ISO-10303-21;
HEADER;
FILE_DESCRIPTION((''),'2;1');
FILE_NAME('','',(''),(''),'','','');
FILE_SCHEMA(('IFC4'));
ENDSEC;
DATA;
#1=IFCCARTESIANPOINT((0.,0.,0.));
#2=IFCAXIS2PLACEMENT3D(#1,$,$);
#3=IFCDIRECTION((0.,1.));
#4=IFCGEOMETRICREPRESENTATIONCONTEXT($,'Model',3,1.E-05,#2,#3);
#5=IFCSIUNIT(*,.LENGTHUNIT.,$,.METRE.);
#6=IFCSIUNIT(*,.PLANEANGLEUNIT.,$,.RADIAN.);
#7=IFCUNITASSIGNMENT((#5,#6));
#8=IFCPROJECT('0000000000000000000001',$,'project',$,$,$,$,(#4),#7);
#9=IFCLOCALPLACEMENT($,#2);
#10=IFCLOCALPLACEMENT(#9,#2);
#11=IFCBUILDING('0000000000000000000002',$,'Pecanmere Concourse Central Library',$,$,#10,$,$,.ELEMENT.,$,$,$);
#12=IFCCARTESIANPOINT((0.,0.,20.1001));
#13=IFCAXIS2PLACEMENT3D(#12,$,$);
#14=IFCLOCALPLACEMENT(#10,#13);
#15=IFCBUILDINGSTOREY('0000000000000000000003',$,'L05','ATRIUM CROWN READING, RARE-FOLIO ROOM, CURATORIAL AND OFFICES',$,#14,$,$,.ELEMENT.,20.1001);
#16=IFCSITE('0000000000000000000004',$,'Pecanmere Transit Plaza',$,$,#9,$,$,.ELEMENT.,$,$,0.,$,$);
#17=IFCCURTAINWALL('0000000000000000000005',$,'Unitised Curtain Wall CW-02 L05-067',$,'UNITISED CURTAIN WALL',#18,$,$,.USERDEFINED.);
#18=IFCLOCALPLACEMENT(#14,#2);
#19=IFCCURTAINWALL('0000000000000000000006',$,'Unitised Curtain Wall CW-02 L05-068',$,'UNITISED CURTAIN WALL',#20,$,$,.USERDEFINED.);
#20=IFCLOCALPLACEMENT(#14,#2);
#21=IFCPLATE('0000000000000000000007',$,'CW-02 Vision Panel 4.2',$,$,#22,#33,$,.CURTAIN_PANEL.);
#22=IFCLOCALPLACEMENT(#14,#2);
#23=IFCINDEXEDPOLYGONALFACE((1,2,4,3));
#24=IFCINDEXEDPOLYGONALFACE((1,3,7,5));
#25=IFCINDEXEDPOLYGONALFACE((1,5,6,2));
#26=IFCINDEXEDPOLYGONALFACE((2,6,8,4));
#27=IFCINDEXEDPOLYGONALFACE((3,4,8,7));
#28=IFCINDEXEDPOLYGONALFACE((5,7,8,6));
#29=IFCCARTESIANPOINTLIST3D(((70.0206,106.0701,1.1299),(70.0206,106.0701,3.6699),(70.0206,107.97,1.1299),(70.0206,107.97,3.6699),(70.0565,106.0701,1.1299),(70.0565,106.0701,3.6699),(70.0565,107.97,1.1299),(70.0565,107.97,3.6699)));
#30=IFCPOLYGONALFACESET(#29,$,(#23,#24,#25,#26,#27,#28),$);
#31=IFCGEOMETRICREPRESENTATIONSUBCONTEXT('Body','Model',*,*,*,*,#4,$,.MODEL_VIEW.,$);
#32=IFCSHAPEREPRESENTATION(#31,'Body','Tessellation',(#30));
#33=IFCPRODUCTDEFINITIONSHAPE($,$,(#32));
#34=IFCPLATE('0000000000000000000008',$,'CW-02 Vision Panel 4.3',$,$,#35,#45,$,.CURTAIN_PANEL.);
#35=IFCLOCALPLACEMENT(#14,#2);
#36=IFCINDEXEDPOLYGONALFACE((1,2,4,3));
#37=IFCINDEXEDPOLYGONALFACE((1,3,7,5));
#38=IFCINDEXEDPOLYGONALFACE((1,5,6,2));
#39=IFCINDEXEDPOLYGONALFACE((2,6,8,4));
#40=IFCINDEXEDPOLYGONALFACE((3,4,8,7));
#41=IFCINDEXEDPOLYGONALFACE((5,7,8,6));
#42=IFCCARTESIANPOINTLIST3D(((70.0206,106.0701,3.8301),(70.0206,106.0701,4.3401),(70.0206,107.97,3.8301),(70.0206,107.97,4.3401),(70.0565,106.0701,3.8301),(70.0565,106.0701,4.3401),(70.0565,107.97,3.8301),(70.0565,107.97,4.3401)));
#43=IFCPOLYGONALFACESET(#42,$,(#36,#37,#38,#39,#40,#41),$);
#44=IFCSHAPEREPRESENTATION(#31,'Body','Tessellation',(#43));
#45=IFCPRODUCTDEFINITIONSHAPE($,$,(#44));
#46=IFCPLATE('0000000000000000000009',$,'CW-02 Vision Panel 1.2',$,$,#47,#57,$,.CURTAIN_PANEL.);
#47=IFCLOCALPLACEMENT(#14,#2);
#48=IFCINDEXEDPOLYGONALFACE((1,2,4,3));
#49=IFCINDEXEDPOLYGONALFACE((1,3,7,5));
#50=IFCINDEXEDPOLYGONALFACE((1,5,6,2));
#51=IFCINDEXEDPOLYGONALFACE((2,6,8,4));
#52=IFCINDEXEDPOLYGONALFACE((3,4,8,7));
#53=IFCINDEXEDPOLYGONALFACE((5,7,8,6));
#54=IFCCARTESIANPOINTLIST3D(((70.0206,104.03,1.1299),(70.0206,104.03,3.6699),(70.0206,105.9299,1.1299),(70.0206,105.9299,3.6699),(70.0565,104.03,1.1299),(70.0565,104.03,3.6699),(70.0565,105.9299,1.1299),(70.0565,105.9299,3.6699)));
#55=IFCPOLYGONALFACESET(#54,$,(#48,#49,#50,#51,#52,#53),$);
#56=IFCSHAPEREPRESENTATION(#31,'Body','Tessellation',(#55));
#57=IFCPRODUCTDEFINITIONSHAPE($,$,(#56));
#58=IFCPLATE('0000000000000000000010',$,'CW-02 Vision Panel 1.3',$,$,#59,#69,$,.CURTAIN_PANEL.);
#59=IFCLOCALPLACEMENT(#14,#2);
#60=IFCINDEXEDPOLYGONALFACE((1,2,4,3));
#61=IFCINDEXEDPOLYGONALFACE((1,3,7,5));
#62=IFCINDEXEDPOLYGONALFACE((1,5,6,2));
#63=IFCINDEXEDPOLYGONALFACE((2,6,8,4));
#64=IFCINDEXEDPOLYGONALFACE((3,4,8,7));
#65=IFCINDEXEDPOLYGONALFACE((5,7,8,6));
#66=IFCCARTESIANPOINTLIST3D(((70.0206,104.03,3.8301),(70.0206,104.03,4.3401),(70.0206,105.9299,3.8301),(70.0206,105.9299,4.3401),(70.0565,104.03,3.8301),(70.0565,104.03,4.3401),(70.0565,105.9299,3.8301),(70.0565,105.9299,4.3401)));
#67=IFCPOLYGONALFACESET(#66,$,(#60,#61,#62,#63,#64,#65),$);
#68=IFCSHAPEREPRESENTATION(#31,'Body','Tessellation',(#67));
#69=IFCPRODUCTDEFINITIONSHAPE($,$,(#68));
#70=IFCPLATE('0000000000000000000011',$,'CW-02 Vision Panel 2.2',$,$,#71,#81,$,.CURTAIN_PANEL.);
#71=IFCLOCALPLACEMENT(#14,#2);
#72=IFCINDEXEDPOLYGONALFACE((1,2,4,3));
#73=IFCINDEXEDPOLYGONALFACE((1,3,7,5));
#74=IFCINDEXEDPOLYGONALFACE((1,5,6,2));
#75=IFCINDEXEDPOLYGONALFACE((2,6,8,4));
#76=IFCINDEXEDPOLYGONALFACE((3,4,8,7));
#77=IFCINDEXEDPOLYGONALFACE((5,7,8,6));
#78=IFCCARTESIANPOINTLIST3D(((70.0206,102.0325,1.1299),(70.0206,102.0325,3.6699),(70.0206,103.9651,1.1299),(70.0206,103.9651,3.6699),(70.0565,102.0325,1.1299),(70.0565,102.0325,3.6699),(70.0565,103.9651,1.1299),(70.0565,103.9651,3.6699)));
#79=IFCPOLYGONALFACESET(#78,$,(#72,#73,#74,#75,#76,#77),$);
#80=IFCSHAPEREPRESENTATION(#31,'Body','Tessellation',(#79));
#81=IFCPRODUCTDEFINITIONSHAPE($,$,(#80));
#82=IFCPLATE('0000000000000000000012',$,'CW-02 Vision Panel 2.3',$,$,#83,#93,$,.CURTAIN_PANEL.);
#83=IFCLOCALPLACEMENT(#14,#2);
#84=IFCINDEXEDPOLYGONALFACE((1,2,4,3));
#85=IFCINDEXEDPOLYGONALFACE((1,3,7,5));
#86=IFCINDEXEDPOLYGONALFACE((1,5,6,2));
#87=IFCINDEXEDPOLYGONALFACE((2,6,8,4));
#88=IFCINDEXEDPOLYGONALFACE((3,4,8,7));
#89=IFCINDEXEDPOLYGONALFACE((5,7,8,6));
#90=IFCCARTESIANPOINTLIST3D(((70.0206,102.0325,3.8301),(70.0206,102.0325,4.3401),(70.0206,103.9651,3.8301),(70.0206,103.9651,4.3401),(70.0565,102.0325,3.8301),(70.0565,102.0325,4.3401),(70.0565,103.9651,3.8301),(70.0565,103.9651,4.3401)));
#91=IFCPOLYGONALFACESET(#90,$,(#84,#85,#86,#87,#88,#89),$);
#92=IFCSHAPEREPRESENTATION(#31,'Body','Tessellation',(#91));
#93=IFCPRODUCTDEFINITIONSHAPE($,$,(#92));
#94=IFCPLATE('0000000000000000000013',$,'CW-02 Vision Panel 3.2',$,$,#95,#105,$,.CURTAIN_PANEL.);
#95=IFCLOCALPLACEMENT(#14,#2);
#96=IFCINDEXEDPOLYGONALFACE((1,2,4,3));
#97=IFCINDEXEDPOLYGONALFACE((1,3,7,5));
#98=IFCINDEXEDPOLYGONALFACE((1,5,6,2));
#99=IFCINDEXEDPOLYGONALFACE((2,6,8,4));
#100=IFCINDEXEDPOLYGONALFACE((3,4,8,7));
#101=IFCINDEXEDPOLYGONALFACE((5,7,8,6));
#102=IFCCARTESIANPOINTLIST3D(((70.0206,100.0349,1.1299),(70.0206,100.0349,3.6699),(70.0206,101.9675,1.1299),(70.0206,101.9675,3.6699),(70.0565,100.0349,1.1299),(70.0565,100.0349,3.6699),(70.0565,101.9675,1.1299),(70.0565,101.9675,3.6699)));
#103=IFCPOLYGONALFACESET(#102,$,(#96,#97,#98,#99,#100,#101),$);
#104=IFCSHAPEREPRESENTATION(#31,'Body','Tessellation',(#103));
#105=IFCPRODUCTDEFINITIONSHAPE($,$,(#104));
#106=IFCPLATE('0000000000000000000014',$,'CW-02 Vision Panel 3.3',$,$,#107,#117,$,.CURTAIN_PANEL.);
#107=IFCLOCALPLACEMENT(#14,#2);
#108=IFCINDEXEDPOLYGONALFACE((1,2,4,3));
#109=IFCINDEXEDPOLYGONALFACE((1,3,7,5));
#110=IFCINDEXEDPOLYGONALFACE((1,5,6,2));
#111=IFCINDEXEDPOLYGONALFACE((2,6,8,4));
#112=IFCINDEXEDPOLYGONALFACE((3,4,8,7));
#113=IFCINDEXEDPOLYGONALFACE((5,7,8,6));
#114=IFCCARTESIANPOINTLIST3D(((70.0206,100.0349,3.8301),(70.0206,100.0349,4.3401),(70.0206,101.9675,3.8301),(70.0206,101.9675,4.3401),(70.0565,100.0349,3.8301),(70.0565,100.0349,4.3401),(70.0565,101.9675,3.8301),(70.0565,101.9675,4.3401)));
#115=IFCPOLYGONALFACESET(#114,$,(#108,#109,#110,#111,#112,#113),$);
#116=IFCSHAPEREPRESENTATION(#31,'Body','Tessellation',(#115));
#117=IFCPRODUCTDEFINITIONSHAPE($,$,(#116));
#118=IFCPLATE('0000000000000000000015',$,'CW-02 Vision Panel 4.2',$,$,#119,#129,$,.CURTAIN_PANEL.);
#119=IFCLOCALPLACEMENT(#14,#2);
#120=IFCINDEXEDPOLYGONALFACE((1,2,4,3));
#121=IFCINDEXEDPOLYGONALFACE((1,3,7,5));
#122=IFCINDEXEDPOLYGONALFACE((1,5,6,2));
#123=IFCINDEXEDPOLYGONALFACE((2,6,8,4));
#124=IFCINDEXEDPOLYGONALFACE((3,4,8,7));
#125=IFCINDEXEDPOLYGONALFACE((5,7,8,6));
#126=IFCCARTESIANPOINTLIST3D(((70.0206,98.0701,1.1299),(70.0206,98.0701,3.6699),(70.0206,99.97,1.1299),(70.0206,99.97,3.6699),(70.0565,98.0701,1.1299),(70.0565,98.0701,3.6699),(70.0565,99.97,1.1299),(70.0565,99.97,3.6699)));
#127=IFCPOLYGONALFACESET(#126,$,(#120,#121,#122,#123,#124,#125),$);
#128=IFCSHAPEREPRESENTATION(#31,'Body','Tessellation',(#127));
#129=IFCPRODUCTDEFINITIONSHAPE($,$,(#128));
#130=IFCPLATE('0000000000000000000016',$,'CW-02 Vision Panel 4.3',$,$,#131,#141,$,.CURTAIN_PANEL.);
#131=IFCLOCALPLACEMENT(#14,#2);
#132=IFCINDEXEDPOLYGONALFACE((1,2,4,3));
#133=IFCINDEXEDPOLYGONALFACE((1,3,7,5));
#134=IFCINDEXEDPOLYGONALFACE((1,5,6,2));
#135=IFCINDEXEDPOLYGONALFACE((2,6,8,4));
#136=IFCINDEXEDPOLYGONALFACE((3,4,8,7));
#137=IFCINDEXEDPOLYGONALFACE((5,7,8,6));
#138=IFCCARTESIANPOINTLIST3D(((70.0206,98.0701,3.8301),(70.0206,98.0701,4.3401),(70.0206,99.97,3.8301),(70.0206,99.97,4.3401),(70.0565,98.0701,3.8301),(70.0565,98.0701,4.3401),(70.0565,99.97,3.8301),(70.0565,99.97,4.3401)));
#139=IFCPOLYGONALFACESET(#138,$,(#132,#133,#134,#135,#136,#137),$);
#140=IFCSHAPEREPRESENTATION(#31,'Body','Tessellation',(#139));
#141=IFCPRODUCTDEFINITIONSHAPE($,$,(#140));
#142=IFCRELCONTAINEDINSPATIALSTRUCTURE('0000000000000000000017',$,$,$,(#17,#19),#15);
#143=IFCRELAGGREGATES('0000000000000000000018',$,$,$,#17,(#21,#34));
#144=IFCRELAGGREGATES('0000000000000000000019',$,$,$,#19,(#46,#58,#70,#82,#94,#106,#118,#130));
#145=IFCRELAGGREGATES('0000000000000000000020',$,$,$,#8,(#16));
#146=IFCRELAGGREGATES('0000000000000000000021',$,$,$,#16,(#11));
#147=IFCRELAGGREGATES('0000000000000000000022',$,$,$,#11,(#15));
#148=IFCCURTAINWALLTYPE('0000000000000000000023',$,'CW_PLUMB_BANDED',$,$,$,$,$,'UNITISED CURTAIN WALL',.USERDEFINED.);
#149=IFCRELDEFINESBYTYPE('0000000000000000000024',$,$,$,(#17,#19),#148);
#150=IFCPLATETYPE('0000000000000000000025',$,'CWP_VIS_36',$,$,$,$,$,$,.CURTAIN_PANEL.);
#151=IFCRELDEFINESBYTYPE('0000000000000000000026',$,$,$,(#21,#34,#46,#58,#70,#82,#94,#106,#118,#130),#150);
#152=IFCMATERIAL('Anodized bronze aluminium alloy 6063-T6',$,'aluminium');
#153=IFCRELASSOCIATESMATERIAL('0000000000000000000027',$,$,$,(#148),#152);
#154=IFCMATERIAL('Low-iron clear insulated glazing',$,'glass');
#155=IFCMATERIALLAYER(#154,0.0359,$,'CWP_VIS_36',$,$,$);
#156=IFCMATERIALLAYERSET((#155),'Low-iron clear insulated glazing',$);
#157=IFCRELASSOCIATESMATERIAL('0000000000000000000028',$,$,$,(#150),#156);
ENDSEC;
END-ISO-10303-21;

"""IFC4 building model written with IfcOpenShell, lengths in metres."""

from ifc_helpers import new_model, si_unit, direction, frame, origin, origin_2d, place, context, subcontext, project, spatial, rectangle, extrude, material, layer, layer_set, type_object, element, aggregate, save


model = new_model("IFC4")

# Units and contexts
model_context = context("Model", 3, precision=1e-05, world=origin(), true_north=direction((0.0, 1.0)))
body_context = subcontext(model_context, "Body", "Model", "MODEL_VIEW")
ifc_project = project(units=[si_unit("LENGTHUNIT", "METRE"), si_unit("PLANEANGLEUNIT", "RADIAN")], contexts=[model_context])

# Site, building, storey
site_placement = place(None, origin())
site = spatial("IfcSite", under=ifc_project, at=site_placement, Name="Pecanmere Transit Plaza", CompositionType="ELEMENT", RefElevation=0.0)
building_placement = place(site_placement, origin())
building = spatial("IfcBuilding", under=site, at=building_placement, Name="Pecanmere Concourse Central Library", CompositionType="ELEMENT")
storey_placement = place(building_placement, frame((0.0, 0.0, 20.1001)))
storey = spatial("IfcBuildingStorey", under=building, at=storey_placement, Name="L05", Description="ATRIUM CROWN READING, RARE-FOLIO ROOM, CURATORIAL AND OFFICES", CompositionType="ELEMENT", Elevation=20.1001)

# Curtain wall
ifc_material_1 = material(Name="Anodized bronze aluminium alloy 6063-T6", Category="aluminium")
curtain_wall_type = type_object("IfcCurtainWallType", Name="CW_PLUMB_BANDED", ElementType="UNITISED CURTAIN WALL", PredefinedType="USERDEFINED", material=ifc_material_1)
curtain_wall_1_placement = place(storey_placement, origin())
curtain_wall_1 = element("IfcCurtainWall", 1, at=curtain_wall_1_placement, inside=storey, type_object=curtain_wall_type, Name="Unitised Curtain Wall CW-02 L05-067", ObjectType="UNITISED CURTAIN WALL", PredefinedType="USERDEFINED")

# Curtain wall
curtain_wall_2_placement = place(storey_placement, origin())
curtain_wall_2 = element("IfcCurtainWall", 2, at=curtain_wall_2_placement, inside=storey, type_object=curtain_wall_type, Name="Unitised Curtain Wall CW-02 L05-068", ObjectType="UNITISED CURTAIN WALL", PredefinedType="USERDEFINED")

# Plates
ifc_material_2 = material(Name="Low-iron clear insulated glazing", Category="glass")
ifc_layer_1 = layer(ifc_material_2, 0.0359, Name="CWP_VIS_36")
ifc_layer_set_1 = layer_set([ifc_layer_1], Name="Low-iron clear insulated glazing")
plate_type_1 = type_object("IfcPlateType", Name="CWP_VIS_36", PredefinedType="CURTAIN_PANEL", material=ifc_layer_set_1)
plate_1_placement = place(storey_placement, frame((70.0386, 107.02, 1.1299), z_axis=(0.0, 0.0, 1.0), x_axis=(0.0, -1.0, 0.0)))
plate_1 = element("IfcPlate", 3, at=plate_1_placement, type_object=plate_type_1, Name="CW-02 Vision Panel 4.2", PredefinedType="CURTAIN_PANEL", context=body_context, shape_type="SweptSolid", body=[
    extrude(rectangle(XDim=1.8999, YDim=0.0359, at=origin_2d()), origin(), (0.0, 0.0, 1.0), 2.54),
])
plate_2_placement = place(storey_placement, frame((70.0386, 107.02, 3.8301), z_axis=(0.0, 0.0, 1.0), x_axis=(0.0, -1.0, 0.0)))
plate_2 = element("IfcPlate", 4, at=plate_2_placement, type_object=plate_type_1, Name="CW-02 Vision Panel 4.3", PredefinedType="CURTAIN_PANEL", context=body_context, shape_type="SweptSolid", body=[
    extrude(rectangle(XDim=1.8999, YDim=0.0359, at=origin_2d()), origin(), (0.0, 0.0, 1.0), 0.51),
])
aggregate(curtain_wall_1, [plate_1, plate_2])
plate_3_placement = place(storey_placement, frame((70.0386, 104.98, 1.1299), z_axis=(0.0, 0.0, 1.0), x_axis=(0.0, -1.0, 0.0)))
plate_3 = element("IfcPlate", 5, at=plate_3_placement, type_object=plate_type_1, Name="CW-02 Vision Panel 1.2", PredefinedType="CURTAIN_PANEL", context=body_context, shape_type="SweptSolid", body=[
    extrude(rectangle(XDim=1.8999, YDim=0.0359, at=origin_2d()), origin(), (0.0, 0.0, 1.0), 2.54),
])
plate_4_placement = place(storey_placement, frame((70.0386, 104.98, 3.8301), z_axis=(0.0, 0.0, 1.0), x_axis=(0.0, -1.0, 0.0)))
plate_4 = element("IfcPlate", 6, at=plate_4_placement, type_object=plate_type_1, Name="CW-02 Vision Panel 1.3", PredefinedType="CURTAIN_PANEL", context=body_context, shape_type="SweptSolid", body=[
    extrude(rectangle(XDim=1.8999, YDim=0.0359, at=origin_2d()), origin(), (0.0, 0.0, 1.0), 0.51),
])
plate_5_placement = place(storey_placement, frame((70.0386, 102.9988, 1.1299), z_axis=(0.0, 0.0, 1.0), x_axis=(0.0, -1.0, 0.0)))
plate_5 = element("IfcPlate", 7, at=plate_5_placement, type_object=plate_type_1, Name="CW-02 Vision Panel 2.2", PredefinedType="CURTAIN_PANEL", context=body_context, shape_type="SweptSolid", body=[
    extrude(rectangle(XDim=1.9326, YDim=0.0359, at=origin_2d()), origin(), (0.0, 0.0, 1.0), 2.54),
])
plate_6_placement = place(storey_placement, frame((70.0386, 102.9988, 3.8301), z_axis=(0.0, 0.0, 1.0), x_axis=(0.0, -1.0, 0.0)))
plate_6 = element("IfcPlate", 8, at=plate_6_placement, type_object=plate_type_1, Name="CW-02 Vision Panel 2.3", PredefinedType="CURTAIN_PANEL", context=body_context, shape_type="SweptSolid", body=[
    extrude(rectangle(XDim=1.9326, YDim=0.0359, at=origin_2d()), origin(), (0.0, 0.0, 1.0), 0.51),
])
plate_7_placement = place(storey_placement, frame((70.0386, 101.0012, 1.1299), z_axis=(0.0, 0.0, 1.0), x_axis=(0.0, -1.0, 0.0)))
plate_7 = element("IfcPlate", 9, at=plate_7_placement, type_object=plate_type_1, Name="CW-02 Vision Panel 3.2", PredefinedType="CURTAIN_PANEL", context=body_context, shape_type="SweptSolid", body=[
    extrude(rectangle(XDim=1.9326, YDim=0.0359, at=origin_2d()), origin(), (0.0, 0.0, 1.0), 2.54),
])
plate_8_placement = place(storey_placement, frame((70.0386, 101.0012, 3.8301), z_axis=(0.0, 0.0, 1.0), x_axis=(0.0, -1.0, 0.0)))
plate_8 = element("IfcPlate", 10, at=plate_8_placement, type_object=plate_type_1, Name="CW-02 Vision Panel 3.3", PredefinedType="CURTAIN_PANEL", context=body_context, shape_type="SweptSolid", body=[
    extrude(rectangle(XDim=1.9326, YDim=0.0359, at=origin_2d()), origin(), (0.0, 0.0, 1.0), 0.51),
])
plate_9_placement = place(storey_placement, frame((70.0386, 99.02, 1.1299), z_axis=(0.0, 0.0, 1.0), x_axis=(0.0, -1.0, 0.0)))
plate_9 = element("IfcPlate", 11, at=plate_9_placement, type_object=plate_type_1, Name="CW-02 Vision Panel 4.2", PredefinedType="CURTAIN_PANEL", context=body_context, shape_type="SweptSolid", body=[
    extrude(rectangle(XDim=1.8999, YDim=0.0359, at=origin_2d()), origin(), (0.0, 0.0, 1.0), 2.54),
])
plate_10_placement = place(storey_placement, frame((70.0386, 99.02, 3.8301), z_axis=(0.0, 0.0, 1.0), x_axis=(0.0, -1.0, 0.0)))
plate_10 = element("IfcPlate", 12, at=plate_10_placement, type_object=plate_type_1, Name="CW-02 Vision Panel 4.3", PredefinedType="CURTAIN_PANEL", context=body_context, shape_type="SweptSolid", body=[
    extrude(rectangle(XDim=1.8999, YDim=0.0359, at=origin_2d()), origin(), (0.0, 0.0, 1.0), 0.51),
])
aggregate(curtain_wall_2, [plate_3, plate_4, plate_5, plate_6, plate_7, plate_8, plate_9, plate_10])

save(model, "model.ifc")
